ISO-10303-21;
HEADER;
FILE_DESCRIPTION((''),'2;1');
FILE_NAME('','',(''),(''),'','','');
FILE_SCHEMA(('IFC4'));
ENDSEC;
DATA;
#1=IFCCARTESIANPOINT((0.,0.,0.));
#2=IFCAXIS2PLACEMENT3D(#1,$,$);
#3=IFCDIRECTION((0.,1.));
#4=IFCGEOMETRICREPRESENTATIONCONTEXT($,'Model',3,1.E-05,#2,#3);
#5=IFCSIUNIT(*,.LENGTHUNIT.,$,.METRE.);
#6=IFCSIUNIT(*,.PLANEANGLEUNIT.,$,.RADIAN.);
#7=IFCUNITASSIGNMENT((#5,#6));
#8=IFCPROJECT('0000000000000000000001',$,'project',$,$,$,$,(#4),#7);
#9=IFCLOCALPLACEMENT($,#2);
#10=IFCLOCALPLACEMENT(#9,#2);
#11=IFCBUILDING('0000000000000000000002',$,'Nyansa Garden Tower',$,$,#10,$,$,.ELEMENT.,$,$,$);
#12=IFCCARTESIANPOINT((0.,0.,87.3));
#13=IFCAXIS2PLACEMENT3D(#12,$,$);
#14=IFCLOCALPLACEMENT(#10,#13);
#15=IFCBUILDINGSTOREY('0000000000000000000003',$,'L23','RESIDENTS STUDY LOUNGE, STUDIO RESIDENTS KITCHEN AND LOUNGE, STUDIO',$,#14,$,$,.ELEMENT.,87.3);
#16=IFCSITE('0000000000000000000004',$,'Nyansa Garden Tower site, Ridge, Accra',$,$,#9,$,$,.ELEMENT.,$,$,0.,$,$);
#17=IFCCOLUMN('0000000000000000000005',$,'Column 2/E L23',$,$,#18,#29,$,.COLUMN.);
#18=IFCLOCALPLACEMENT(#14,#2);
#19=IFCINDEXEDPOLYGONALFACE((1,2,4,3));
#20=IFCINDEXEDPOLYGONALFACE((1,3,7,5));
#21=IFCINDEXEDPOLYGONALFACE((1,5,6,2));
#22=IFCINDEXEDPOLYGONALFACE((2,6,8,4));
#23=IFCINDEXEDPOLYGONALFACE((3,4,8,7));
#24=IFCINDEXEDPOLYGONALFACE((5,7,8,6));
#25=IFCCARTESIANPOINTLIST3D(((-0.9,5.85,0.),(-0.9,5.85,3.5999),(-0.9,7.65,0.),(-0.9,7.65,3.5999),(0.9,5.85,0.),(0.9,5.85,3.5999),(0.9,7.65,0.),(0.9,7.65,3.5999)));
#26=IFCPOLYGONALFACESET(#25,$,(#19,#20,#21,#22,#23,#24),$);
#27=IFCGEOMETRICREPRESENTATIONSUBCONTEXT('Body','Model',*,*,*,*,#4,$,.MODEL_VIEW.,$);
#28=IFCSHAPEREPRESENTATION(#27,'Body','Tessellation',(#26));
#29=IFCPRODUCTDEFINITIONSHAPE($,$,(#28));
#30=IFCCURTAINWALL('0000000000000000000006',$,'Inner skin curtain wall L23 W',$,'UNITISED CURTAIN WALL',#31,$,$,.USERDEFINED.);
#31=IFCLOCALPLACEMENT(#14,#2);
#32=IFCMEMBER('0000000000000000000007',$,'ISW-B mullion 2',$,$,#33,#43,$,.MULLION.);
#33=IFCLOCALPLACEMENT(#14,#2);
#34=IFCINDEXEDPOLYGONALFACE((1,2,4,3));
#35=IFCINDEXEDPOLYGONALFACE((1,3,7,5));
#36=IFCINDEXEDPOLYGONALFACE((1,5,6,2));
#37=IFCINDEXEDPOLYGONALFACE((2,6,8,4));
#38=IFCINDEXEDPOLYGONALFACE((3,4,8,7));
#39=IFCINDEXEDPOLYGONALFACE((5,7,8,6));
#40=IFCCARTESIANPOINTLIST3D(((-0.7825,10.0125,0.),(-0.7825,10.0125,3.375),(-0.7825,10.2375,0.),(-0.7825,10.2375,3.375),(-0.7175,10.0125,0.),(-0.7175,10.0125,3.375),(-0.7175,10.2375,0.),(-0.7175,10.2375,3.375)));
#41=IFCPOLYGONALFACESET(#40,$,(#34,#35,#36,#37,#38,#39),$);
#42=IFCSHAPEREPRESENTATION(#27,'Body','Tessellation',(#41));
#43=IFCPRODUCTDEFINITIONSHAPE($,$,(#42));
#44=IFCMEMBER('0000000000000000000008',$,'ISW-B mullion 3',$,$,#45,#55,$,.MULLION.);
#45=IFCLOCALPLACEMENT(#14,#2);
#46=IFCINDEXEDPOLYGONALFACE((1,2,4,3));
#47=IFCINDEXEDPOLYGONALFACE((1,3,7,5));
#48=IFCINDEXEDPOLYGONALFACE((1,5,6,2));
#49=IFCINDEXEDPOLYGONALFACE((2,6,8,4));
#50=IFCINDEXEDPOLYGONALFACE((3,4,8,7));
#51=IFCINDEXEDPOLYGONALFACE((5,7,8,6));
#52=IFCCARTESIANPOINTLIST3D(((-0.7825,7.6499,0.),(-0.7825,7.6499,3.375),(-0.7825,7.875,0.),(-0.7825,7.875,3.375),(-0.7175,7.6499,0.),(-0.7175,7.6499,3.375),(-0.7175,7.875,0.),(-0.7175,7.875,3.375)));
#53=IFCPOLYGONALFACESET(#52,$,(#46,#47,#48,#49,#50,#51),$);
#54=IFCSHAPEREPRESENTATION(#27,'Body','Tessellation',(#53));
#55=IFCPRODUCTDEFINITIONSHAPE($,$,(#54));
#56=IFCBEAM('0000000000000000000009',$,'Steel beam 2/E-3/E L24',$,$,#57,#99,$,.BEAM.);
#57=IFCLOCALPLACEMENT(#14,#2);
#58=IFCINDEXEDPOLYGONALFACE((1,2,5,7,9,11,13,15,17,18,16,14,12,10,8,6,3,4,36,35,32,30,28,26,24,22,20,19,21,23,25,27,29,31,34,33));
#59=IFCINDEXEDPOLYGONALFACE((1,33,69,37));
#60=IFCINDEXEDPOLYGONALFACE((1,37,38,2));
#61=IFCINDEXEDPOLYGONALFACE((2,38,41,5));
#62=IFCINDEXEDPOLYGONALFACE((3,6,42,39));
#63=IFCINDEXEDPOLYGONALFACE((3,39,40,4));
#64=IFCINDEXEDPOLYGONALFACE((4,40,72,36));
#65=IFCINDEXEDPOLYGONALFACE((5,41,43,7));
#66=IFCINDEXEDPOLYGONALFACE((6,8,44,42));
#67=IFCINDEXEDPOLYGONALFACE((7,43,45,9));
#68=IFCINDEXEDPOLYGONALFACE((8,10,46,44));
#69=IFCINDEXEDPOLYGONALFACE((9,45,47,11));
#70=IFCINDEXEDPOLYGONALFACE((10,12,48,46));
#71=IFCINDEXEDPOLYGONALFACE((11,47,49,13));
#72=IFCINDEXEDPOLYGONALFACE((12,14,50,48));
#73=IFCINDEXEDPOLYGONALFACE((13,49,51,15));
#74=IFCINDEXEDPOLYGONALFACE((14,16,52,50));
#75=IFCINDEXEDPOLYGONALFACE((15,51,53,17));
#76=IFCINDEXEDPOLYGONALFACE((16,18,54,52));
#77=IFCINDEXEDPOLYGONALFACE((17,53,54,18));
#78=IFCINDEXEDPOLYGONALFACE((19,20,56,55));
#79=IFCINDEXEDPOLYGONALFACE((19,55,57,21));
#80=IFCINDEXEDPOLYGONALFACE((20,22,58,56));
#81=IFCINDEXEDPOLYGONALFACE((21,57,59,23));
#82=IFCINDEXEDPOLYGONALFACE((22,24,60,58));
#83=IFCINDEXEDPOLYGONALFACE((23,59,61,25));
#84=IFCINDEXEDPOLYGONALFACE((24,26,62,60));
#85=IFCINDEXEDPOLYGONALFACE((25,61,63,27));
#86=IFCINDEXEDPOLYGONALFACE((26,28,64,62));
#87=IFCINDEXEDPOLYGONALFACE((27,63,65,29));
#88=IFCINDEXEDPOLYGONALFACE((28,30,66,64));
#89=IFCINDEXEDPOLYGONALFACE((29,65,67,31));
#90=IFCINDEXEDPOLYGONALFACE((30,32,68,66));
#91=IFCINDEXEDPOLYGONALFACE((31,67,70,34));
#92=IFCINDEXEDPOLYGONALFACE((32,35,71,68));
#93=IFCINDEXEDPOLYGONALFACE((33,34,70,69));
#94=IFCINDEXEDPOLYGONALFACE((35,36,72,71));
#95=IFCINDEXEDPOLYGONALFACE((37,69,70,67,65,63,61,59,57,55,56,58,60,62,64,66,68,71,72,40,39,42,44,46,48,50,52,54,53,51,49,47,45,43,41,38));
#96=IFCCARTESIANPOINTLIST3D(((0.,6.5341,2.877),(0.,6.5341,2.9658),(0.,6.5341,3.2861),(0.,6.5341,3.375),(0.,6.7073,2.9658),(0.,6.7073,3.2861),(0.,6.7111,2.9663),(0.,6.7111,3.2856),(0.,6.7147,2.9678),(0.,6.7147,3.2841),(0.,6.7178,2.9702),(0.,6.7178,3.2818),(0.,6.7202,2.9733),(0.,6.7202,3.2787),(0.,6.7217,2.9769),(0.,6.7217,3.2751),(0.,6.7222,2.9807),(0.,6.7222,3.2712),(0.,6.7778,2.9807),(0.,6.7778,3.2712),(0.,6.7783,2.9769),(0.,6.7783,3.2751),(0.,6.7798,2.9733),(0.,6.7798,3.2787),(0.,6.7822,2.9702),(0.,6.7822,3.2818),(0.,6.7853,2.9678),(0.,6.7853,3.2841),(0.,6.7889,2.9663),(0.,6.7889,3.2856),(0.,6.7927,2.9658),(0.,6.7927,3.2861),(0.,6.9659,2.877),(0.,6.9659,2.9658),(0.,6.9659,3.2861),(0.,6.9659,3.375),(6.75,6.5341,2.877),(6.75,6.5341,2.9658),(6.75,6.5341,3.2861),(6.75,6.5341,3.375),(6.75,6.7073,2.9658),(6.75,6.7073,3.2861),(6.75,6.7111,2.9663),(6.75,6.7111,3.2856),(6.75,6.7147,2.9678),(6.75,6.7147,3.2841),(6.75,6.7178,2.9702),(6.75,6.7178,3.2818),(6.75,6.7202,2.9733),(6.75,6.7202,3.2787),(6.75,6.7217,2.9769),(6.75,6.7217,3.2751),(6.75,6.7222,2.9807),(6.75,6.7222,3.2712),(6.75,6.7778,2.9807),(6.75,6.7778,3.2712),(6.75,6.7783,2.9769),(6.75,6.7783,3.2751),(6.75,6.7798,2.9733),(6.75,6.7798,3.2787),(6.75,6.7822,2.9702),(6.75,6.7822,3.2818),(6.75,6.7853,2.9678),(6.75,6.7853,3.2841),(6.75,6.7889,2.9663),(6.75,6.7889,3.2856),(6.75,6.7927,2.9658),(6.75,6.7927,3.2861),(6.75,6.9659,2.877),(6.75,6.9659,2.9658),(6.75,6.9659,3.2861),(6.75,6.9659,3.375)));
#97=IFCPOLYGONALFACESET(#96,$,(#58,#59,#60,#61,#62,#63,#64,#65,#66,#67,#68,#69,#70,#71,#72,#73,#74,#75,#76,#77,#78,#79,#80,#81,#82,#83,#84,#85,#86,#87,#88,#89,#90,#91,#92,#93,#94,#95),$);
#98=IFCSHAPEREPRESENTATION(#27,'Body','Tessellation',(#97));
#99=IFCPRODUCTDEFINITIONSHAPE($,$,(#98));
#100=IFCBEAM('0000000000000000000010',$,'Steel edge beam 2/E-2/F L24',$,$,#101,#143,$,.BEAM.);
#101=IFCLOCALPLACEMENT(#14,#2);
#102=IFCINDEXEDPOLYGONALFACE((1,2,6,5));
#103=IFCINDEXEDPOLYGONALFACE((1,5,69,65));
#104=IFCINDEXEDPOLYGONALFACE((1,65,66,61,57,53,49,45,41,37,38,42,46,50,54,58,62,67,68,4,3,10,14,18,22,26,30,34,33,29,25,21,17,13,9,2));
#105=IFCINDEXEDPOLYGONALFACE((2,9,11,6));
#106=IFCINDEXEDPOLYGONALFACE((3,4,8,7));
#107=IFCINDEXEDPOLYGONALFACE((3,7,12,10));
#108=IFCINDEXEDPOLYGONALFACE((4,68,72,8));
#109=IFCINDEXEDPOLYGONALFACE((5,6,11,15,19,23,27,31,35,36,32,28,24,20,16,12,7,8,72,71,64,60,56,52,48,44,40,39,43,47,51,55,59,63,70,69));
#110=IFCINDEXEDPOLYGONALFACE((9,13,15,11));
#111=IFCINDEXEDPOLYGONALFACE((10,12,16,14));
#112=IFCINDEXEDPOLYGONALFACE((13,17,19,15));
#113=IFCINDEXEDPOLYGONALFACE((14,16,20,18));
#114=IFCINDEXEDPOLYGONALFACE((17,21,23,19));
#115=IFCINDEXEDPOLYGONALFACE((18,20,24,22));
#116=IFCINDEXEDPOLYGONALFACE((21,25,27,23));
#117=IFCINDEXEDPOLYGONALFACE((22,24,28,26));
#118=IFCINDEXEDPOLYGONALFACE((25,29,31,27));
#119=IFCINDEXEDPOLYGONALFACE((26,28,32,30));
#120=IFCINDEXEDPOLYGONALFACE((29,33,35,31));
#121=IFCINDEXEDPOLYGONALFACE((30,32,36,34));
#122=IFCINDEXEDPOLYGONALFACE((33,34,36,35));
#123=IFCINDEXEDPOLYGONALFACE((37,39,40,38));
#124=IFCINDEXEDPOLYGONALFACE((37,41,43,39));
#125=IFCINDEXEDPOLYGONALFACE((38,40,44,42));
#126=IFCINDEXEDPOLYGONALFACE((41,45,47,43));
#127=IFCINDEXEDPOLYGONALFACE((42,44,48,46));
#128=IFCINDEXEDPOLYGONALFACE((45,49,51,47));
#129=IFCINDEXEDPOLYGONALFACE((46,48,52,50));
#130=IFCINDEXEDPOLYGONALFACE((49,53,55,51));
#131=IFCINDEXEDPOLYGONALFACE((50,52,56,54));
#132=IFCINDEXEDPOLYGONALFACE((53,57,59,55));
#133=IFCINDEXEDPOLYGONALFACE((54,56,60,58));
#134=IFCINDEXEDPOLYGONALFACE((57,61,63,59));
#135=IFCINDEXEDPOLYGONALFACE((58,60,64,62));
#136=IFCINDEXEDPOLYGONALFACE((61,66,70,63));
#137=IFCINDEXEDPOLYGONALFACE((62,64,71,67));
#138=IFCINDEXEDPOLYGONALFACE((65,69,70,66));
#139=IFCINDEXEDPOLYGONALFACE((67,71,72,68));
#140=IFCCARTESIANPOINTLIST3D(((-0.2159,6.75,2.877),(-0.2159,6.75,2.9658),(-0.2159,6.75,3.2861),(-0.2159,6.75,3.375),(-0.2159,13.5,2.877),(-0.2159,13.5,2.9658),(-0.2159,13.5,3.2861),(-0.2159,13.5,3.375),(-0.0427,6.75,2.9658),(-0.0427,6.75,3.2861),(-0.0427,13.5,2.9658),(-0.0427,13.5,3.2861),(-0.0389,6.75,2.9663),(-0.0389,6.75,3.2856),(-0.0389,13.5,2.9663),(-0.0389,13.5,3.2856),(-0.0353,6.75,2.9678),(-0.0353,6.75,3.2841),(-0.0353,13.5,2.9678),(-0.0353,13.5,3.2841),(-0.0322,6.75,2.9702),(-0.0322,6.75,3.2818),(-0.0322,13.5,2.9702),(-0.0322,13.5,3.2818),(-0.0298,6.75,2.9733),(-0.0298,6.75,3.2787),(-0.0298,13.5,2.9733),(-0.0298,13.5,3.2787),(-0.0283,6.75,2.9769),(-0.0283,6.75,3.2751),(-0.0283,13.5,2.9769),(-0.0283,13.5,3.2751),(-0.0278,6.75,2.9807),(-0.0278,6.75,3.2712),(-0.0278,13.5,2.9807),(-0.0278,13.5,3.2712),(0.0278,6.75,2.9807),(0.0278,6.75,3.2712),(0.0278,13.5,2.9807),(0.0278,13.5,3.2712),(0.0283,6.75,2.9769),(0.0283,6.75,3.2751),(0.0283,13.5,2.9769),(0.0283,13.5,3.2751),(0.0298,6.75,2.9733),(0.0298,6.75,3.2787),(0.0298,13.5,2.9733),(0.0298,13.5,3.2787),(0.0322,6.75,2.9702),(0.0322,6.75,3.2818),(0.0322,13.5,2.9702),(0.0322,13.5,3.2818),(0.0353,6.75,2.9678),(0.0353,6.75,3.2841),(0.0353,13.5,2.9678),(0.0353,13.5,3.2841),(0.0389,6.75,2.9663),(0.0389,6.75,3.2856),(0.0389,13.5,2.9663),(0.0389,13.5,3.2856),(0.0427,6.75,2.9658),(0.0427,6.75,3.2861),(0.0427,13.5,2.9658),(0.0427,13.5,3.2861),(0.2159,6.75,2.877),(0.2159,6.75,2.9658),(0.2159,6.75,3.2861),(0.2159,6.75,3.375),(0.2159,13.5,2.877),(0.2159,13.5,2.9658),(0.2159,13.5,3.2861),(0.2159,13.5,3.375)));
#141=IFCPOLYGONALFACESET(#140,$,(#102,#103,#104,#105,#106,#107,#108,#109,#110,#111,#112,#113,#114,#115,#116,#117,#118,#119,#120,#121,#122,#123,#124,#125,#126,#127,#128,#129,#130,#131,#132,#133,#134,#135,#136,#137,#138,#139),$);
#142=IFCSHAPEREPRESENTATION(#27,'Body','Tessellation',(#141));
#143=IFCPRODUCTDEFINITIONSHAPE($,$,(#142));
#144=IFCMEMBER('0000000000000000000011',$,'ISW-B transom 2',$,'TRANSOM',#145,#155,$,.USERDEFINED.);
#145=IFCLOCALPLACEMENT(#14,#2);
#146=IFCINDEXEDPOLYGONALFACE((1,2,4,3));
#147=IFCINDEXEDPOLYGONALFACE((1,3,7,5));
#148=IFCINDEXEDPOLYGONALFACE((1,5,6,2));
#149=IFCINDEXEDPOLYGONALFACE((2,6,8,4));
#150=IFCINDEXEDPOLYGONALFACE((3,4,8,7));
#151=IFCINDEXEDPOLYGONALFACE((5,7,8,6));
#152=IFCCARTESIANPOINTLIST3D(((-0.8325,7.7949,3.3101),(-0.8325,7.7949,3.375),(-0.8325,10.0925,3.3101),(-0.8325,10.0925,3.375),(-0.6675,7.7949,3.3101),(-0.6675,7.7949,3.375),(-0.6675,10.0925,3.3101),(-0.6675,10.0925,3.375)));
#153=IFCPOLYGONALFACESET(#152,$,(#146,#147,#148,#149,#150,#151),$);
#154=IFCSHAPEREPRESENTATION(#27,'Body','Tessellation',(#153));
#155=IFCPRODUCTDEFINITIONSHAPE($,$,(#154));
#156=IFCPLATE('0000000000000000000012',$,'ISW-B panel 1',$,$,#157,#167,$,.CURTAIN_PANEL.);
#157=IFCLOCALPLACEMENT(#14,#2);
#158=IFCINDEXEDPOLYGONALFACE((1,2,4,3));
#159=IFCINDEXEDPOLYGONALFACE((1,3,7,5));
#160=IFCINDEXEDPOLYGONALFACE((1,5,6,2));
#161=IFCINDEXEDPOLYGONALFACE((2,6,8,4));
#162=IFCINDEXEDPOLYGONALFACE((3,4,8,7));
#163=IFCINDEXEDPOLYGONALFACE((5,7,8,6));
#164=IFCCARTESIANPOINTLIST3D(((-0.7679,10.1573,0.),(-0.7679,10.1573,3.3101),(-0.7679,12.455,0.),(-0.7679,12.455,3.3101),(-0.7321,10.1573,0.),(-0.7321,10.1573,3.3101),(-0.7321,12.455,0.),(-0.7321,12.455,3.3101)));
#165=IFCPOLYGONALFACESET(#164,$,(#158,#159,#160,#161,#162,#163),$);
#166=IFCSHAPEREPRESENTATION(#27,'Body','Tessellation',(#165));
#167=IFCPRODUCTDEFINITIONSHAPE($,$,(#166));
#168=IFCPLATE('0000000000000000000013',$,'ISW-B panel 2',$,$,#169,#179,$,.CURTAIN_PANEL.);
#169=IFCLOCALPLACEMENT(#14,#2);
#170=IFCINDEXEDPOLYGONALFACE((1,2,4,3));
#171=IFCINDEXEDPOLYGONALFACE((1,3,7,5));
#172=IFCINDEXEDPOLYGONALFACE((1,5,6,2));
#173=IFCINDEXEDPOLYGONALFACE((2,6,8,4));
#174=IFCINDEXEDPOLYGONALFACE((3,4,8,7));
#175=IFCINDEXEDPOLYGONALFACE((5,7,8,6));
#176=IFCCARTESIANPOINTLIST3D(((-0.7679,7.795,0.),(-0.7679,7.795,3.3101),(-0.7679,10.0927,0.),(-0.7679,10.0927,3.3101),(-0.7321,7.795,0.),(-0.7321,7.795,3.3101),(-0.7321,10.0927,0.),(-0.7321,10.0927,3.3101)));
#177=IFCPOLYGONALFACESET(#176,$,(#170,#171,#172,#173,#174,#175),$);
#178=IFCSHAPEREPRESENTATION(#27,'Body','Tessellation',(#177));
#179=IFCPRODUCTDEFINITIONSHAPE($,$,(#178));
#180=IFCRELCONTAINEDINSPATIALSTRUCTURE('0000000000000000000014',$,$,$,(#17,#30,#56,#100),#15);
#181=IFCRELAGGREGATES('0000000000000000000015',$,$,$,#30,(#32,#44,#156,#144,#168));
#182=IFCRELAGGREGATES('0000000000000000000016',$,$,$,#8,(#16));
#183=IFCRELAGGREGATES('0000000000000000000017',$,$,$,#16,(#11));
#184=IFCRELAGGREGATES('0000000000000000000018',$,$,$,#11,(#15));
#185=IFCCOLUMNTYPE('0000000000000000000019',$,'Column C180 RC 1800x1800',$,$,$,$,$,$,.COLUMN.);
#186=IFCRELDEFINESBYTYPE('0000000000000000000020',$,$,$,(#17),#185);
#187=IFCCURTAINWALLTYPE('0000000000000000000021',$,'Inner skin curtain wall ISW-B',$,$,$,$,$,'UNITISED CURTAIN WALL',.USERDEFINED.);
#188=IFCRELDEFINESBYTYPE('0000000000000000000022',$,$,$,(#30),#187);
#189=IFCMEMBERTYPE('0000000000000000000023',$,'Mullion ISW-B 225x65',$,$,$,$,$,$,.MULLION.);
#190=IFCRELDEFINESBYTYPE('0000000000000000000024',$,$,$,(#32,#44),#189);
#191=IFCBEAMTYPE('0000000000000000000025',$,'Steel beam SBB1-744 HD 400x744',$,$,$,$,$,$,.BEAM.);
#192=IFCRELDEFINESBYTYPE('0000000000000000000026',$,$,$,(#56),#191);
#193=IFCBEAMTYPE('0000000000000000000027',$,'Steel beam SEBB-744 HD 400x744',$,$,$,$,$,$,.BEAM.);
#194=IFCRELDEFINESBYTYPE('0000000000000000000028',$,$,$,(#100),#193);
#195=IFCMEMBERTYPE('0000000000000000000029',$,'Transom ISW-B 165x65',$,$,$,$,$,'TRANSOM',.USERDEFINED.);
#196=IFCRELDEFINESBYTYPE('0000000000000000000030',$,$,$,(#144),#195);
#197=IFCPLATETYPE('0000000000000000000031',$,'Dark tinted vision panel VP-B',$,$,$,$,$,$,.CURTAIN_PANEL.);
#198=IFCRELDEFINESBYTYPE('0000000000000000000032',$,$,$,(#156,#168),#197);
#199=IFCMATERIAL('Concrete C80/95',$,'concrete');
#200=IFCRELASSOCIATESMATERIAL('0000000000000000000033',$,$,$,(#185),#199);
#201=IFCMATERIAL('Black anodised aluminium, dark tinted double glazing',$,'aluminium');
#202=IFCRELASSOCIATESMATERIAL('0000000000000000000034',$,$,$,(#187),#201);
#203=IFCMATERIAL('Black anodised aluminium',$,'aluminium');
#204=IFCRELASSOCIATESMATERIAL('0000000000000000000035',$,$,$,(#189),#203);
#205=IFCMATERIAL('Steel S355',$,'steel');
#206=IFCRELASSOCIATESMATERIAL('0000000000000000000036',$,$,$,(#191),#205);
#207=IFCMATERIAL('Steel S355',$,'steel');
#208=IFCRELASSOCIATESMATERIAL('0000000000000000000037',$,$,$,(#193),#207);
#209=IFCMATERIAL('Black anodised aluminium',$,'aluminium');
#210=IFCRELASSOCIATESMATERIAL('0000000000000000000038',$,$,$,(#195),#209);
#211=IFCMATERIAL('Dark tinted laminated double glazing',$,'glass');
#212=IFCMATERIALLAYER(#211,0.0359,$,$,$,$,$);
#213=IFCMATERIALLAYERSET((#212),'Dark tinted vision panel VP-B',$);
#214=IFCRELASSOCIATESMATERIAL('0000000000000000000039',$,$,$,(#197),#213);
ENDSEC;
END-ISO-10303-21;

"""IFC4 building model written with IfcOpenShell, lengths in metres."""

from ifc_helpers import new_model, si_unit, direction, frame, origin, origin_2d, place, context, subcontext, project, spatial, rectangle, i_section, extrude, material, layer, layer_set, material_profile, profile_set, type_object, element, aggregate, save


model = new_model("IFC4")

# Units and contexts
model_context = context("Model", 3, precision=1e-05, world=origin(), true_north=direction((0.0, 1.0)))
body_context = subcontext(model_context, "Body", "Model", "MODEL_VIEW")
ifc_project = project(units=[si_unit("LENGTHUNIT", "METRE"), si_unit("PLANEANGLEUNIT", "RADIAN")], contexts=[model_context])

# Site, building, storey
site_placement = place(None, origin())
site = spatial("IfcSite", under=ifc_project, at=site_placement, Name="Nyansa Garden Tower site, Ridge, Accra", CompositionType="ELEMENT", RefElevation=0.0)
building_placement = place(site_placement, origin())
building = spatial("IfcBuilding", under=site, at=building_placement, Name="Nyansa Garden Tower", CompositionType="ELEMENT")
storey_placement = place(building_placement, frame((0.0, 0.0, 87.3)))
storey = spatial("IfcBuildingStorey", under=building, at=storey_placement, Name="L23", Description="RESIDENTS STUDY LOUNGE, STUDIO RESIDENTS KITCHEN AND LOUNGE, STUDIO", CompositionType="ELEMENT", Elevation=87.3)

# Column
ifc_material_1 = material(Name="Concrete C80/95", Category="concrete")
ifc_material_profile_1 = material_profile(ifc_material_1, rectangle(XDim=1.8, YDim=1.8, at=origin_2d()), Name="RC 1800x1800")
ifc_profile_set_1 = profile_set([ifc_material_profile_1], Name="Concrete C80/95")
column_type = type_object("IfcColumnType", Name="Column C180 RC 1800x1800", PredefinedType="COLUMN", material=ifc_profile_set_1)
column_placement = place(storey_placement, frame((0.0, 6.75, 0.0), z_axis=(0.0, 0.0, 1.0), x_axis=(1.0, 0.0, 0.0)))
element("IfcColumn", 1, at=column_placement, inside=storey, type_object=column_type, Name="Column 2/E L23", PredefinedType="COLUMN", context=body_context, shape_type="SweptSolid", body=[
    extrude(rectangle(XDim=1.8, YDim=1.8, at=origin_2d()), origin(), (0.0, 0.0, 1.0), 3.5999),
])

# Curtain wall, members
ifc_material_2 = material(Name="Black anodised aluminium, dark tinted double glazing", Category="aluminium")
curtain_wall_type = type_object("IfcCurtainWallType", Name="Inner skin curtain wall ISW-B", ElementType="UNITISED CURTAIN WALL", PredefinedType="USERDEFINED", material=ifc_material_2)
curtain_wall_placement = place(storey_placement, origin())
curtain_wall = element("IfcCurtainWall", 2, at=curtain_wall_placement, inside=storey, type_object=curtain_wall_type, Name="Inner skin curtain wall L23 W", ObjectType="UNITISED CURTAIN WALL", PredefinedType="USERDEFINED")
ifc_material_3 = material(Name="Black anodised aluminium", Category="aluminium")
ifc_material_profile_2 = material_profile(ifc_material_3, rectangle(XDim=0.0649, YDim=0.2251, at=origin_2d()), Name="Mullion 225x65")
ifc_profile_set_2 = profile_set([ifc_material_profile_2], Name="Black anodised aluminium")
member_type_1 = type_object("IfcMemberType", Name="Mullion ISW-B 225x65", PredefinedType="MULLION", material=ifc_profile_set_2)
member_1_placement = place(storey_placement, frame((-0.75, 10.125, 0.0), z_axis=(0.0, 0.0, 1.0), x_axis=(1.0, 0.0, 0.0)))
member_1 = element("IfcMember", 3, at=member_1_placement, type_object=member_type_1, Name="ISW-B mullion 2", PredefinedType="MULLION", context=body_context, shape_type="SweptSolid", body=[
    extrude(rectangle(XDim=0.0649, YDim=0.2251, at=origin_2d()), origin(), (0.0, 0.0, 1.0), 3.375),
])
member_2_placement = place(storey_placement, frame((-0.75, 7.7625, 0.0), z_axis=(0.0, 0.0, 1.0), x_axis=(1.0, 0.0, 0.0)))
member_2 = element("IfcMember", 4, at=member_2_placement, type_object=member_type_1, Name="ISW-B mullion 3", PredefinedType="MULLION", context=body_context, shape_type="SweptSolid", body=[
    extrude(rectangle(XDim=0.0649, YDim=0.2251, at=origin_2d()), origin(), (0.0, 0.0, 1.0), 3.375),
])

# Beams
ifc_material_4 = material(Name="Steel S355", Category="steel")
ifc_material_profile_3 = material_profile(ifc_material_4, i_section(OverallWidth=0.4319, OverallDepth=0.498, WebThickness=0.0557, FlangeThickness=0.0889, FilletRadius=0.0149, at=origin_2d()), Name="HD 400x744")
ifc_profile_set_3 = profile_set([ifc_material_profile_3], Name="Steel S355")
beam_type_1 = type_object("IfcBeamType", Name="Steel beam SBB1-744 HD 400x744", PredefinedType="BEAM", material=ifc_profile_set_3)
beam_1_placement = place(storey_placement, frame((0.0, 6.75, 3.126), z_axis=(1.0, 0.0, 0.0), x_axis=(0.0, 1.0, 0.0)))
element("IfcBeam", 5, at=beam_1_placement, inside=storey, type_object=beam_type_1, Name="Steel beam 2/E-3/E L24", PredefinedType="BEAM", context=body_context, shape_type="SweptSolid", body=[
    extrude(i_section(OverallWidth=0.4319, OverallDepth=0.498, WebThickness=0.0557, FlangeThickness=0.0889, FilletRadius=0.0149, at=origin_2d()), origin(), (0.0, 0.0, 1.0), 6.75),
])
ifc_material_5 = material(Name="Steel S355", Category="steel")
ifc_material_profile_4 = material_profile(ifc_material_5, i_section(OverallWidth=0.4319, OverallDepth=0.498, WebThickness=0.0557, FlangeThickness=0.0889, FilletRadius=0.0149, at=origin_2d()), Name="HD 400x744")
ifc_profile_set_4 = profile_set([ifc_material_profile_4], Name="Steel S355")
beam_type_2 = type_object("IfcBeamType", Name="Steel beam SEBB-744 HD 400x744", PredefinedType="BEAM", material=ifc_profile_set_4)
beam_2_placement = place(storey_placement, frame((0.0, 6.75, 3.126), z_axis=(0.0, 1.0, 0.0), x_axis=(-1.0, 0.0, 0.0)))
element("IfcBeam", 6, at=beam_2_placement, inside=storey, type_object=beam_type_2, Name="Steel edge beam 2/E-2/F L24", PredefinedType="BEAM", context=body_context, shape_type="SweptSolid", body=[
    extrude(i_section(OverallWidth=0.4319, OverallDepth=0.498, WebThickness=0.0557, FlangeThickness=0.0889, FilletRadius=0.0149, at=origin_2d()), origin(), (0.0, 0.0, 1.0), 6.75),
])

# Member
ifc_material_6 = material(Name="Black anodised aluminium", Category="aluminium")
ifc_material_profile_5 = material_profile(ifc_material_6, rectangle(XDim=0.165, YDim=0.0649, at=origin_2d()), Name="Transom 165x65")
ifc_profile_set_5 = profile_set([ifc_material_profile_5], Name="Black anodised aluminium")
member_type_2 = type_object("IfcMemberType", Name="Transom ISW-B 165x65", ElementType="TRANSOM", PredefinedType="USERDEFINED", material=ifc_profile_set_5)
member_3_placement = place(storey_placement, frame((-0.75, 10.0925, 3.3425), z_axis=(0.0, -1.0, 0.0), x_axis=(1.0, 0.0, 0.0)))
member_3 = element("IfcMember", 7, at=member_3_placement, type_object=member_type_2, Name="ISW-B transom 2", ObjectType="TRANSOM", PredefinedType="USERDEFINED", context=body_context, shape_type="SweptSolid", body=[
    extrude(rectangle(XDim=0.165, YDim=0.0649, at=origin_2d()), origin(), (0.0, 0.0, 1.0), 2.2976),
])

# Plates
ifc_material_7 = material(Name="Dark tinted laminated double glazing", Category="glass")
ifc_layer_1 = layer(ifc_material_7, 0.0359)
ifc_layer_set_1 = layer_set([ifc_layer_1], Name="Dark tinted vision panel VP-B")
plate_type = type_object("IfcPlateType", Name="Dark tinted vision panel VP-B", PredefinedType="CURTAIN_PANEL", material=ifc_layer_set_1)
plate_1_placement = place(storey_placement, frame((-0.75, 11.3062, 0.0), z_axis=(0.0, 0.0, 1.0), x_axis=(0.0, -1.0, 0.0)))
plate_1 = element("IfcPlate", 8, at=plate_1_placement, type_object=plate_type, Name="ISW-B panel 1", PredefinedType="CURTAIN_PANEL", context=body_context, shape_type="SweptSolid", body=[
    extrude(rectangle(XDim=2.2976, YDim=0.0359, at=origin_2d()), origin(), (0.0, 0.0, 1.0), 3.3101),
])
plate_2_placement = place(storey_placement, frame((-0.75, 8.9438, 0.0), z_axis=(0.0, 0.0, 1.0), x_axis=(0.0, -1.0, 0.0)))
plate_2 = element("IfcPlate", 9, at=plate_2_placement, type_object=plate_type, Name="ISW-B panel 2", PredefinedType="CURTAIN_PANEL", context=body_context, shape_type="SweptSolid", body=[
    extrude(rectangle(XDim=2.2976, YDim=0.0359, at=origin_2d()), origin(), (0.0, 0.0, 1.0), 3.3101),
])
aggregate(curtain_wall, [member_1, member_2, plate_1, member_3, plate_2])

save(model, "model.ifc")
